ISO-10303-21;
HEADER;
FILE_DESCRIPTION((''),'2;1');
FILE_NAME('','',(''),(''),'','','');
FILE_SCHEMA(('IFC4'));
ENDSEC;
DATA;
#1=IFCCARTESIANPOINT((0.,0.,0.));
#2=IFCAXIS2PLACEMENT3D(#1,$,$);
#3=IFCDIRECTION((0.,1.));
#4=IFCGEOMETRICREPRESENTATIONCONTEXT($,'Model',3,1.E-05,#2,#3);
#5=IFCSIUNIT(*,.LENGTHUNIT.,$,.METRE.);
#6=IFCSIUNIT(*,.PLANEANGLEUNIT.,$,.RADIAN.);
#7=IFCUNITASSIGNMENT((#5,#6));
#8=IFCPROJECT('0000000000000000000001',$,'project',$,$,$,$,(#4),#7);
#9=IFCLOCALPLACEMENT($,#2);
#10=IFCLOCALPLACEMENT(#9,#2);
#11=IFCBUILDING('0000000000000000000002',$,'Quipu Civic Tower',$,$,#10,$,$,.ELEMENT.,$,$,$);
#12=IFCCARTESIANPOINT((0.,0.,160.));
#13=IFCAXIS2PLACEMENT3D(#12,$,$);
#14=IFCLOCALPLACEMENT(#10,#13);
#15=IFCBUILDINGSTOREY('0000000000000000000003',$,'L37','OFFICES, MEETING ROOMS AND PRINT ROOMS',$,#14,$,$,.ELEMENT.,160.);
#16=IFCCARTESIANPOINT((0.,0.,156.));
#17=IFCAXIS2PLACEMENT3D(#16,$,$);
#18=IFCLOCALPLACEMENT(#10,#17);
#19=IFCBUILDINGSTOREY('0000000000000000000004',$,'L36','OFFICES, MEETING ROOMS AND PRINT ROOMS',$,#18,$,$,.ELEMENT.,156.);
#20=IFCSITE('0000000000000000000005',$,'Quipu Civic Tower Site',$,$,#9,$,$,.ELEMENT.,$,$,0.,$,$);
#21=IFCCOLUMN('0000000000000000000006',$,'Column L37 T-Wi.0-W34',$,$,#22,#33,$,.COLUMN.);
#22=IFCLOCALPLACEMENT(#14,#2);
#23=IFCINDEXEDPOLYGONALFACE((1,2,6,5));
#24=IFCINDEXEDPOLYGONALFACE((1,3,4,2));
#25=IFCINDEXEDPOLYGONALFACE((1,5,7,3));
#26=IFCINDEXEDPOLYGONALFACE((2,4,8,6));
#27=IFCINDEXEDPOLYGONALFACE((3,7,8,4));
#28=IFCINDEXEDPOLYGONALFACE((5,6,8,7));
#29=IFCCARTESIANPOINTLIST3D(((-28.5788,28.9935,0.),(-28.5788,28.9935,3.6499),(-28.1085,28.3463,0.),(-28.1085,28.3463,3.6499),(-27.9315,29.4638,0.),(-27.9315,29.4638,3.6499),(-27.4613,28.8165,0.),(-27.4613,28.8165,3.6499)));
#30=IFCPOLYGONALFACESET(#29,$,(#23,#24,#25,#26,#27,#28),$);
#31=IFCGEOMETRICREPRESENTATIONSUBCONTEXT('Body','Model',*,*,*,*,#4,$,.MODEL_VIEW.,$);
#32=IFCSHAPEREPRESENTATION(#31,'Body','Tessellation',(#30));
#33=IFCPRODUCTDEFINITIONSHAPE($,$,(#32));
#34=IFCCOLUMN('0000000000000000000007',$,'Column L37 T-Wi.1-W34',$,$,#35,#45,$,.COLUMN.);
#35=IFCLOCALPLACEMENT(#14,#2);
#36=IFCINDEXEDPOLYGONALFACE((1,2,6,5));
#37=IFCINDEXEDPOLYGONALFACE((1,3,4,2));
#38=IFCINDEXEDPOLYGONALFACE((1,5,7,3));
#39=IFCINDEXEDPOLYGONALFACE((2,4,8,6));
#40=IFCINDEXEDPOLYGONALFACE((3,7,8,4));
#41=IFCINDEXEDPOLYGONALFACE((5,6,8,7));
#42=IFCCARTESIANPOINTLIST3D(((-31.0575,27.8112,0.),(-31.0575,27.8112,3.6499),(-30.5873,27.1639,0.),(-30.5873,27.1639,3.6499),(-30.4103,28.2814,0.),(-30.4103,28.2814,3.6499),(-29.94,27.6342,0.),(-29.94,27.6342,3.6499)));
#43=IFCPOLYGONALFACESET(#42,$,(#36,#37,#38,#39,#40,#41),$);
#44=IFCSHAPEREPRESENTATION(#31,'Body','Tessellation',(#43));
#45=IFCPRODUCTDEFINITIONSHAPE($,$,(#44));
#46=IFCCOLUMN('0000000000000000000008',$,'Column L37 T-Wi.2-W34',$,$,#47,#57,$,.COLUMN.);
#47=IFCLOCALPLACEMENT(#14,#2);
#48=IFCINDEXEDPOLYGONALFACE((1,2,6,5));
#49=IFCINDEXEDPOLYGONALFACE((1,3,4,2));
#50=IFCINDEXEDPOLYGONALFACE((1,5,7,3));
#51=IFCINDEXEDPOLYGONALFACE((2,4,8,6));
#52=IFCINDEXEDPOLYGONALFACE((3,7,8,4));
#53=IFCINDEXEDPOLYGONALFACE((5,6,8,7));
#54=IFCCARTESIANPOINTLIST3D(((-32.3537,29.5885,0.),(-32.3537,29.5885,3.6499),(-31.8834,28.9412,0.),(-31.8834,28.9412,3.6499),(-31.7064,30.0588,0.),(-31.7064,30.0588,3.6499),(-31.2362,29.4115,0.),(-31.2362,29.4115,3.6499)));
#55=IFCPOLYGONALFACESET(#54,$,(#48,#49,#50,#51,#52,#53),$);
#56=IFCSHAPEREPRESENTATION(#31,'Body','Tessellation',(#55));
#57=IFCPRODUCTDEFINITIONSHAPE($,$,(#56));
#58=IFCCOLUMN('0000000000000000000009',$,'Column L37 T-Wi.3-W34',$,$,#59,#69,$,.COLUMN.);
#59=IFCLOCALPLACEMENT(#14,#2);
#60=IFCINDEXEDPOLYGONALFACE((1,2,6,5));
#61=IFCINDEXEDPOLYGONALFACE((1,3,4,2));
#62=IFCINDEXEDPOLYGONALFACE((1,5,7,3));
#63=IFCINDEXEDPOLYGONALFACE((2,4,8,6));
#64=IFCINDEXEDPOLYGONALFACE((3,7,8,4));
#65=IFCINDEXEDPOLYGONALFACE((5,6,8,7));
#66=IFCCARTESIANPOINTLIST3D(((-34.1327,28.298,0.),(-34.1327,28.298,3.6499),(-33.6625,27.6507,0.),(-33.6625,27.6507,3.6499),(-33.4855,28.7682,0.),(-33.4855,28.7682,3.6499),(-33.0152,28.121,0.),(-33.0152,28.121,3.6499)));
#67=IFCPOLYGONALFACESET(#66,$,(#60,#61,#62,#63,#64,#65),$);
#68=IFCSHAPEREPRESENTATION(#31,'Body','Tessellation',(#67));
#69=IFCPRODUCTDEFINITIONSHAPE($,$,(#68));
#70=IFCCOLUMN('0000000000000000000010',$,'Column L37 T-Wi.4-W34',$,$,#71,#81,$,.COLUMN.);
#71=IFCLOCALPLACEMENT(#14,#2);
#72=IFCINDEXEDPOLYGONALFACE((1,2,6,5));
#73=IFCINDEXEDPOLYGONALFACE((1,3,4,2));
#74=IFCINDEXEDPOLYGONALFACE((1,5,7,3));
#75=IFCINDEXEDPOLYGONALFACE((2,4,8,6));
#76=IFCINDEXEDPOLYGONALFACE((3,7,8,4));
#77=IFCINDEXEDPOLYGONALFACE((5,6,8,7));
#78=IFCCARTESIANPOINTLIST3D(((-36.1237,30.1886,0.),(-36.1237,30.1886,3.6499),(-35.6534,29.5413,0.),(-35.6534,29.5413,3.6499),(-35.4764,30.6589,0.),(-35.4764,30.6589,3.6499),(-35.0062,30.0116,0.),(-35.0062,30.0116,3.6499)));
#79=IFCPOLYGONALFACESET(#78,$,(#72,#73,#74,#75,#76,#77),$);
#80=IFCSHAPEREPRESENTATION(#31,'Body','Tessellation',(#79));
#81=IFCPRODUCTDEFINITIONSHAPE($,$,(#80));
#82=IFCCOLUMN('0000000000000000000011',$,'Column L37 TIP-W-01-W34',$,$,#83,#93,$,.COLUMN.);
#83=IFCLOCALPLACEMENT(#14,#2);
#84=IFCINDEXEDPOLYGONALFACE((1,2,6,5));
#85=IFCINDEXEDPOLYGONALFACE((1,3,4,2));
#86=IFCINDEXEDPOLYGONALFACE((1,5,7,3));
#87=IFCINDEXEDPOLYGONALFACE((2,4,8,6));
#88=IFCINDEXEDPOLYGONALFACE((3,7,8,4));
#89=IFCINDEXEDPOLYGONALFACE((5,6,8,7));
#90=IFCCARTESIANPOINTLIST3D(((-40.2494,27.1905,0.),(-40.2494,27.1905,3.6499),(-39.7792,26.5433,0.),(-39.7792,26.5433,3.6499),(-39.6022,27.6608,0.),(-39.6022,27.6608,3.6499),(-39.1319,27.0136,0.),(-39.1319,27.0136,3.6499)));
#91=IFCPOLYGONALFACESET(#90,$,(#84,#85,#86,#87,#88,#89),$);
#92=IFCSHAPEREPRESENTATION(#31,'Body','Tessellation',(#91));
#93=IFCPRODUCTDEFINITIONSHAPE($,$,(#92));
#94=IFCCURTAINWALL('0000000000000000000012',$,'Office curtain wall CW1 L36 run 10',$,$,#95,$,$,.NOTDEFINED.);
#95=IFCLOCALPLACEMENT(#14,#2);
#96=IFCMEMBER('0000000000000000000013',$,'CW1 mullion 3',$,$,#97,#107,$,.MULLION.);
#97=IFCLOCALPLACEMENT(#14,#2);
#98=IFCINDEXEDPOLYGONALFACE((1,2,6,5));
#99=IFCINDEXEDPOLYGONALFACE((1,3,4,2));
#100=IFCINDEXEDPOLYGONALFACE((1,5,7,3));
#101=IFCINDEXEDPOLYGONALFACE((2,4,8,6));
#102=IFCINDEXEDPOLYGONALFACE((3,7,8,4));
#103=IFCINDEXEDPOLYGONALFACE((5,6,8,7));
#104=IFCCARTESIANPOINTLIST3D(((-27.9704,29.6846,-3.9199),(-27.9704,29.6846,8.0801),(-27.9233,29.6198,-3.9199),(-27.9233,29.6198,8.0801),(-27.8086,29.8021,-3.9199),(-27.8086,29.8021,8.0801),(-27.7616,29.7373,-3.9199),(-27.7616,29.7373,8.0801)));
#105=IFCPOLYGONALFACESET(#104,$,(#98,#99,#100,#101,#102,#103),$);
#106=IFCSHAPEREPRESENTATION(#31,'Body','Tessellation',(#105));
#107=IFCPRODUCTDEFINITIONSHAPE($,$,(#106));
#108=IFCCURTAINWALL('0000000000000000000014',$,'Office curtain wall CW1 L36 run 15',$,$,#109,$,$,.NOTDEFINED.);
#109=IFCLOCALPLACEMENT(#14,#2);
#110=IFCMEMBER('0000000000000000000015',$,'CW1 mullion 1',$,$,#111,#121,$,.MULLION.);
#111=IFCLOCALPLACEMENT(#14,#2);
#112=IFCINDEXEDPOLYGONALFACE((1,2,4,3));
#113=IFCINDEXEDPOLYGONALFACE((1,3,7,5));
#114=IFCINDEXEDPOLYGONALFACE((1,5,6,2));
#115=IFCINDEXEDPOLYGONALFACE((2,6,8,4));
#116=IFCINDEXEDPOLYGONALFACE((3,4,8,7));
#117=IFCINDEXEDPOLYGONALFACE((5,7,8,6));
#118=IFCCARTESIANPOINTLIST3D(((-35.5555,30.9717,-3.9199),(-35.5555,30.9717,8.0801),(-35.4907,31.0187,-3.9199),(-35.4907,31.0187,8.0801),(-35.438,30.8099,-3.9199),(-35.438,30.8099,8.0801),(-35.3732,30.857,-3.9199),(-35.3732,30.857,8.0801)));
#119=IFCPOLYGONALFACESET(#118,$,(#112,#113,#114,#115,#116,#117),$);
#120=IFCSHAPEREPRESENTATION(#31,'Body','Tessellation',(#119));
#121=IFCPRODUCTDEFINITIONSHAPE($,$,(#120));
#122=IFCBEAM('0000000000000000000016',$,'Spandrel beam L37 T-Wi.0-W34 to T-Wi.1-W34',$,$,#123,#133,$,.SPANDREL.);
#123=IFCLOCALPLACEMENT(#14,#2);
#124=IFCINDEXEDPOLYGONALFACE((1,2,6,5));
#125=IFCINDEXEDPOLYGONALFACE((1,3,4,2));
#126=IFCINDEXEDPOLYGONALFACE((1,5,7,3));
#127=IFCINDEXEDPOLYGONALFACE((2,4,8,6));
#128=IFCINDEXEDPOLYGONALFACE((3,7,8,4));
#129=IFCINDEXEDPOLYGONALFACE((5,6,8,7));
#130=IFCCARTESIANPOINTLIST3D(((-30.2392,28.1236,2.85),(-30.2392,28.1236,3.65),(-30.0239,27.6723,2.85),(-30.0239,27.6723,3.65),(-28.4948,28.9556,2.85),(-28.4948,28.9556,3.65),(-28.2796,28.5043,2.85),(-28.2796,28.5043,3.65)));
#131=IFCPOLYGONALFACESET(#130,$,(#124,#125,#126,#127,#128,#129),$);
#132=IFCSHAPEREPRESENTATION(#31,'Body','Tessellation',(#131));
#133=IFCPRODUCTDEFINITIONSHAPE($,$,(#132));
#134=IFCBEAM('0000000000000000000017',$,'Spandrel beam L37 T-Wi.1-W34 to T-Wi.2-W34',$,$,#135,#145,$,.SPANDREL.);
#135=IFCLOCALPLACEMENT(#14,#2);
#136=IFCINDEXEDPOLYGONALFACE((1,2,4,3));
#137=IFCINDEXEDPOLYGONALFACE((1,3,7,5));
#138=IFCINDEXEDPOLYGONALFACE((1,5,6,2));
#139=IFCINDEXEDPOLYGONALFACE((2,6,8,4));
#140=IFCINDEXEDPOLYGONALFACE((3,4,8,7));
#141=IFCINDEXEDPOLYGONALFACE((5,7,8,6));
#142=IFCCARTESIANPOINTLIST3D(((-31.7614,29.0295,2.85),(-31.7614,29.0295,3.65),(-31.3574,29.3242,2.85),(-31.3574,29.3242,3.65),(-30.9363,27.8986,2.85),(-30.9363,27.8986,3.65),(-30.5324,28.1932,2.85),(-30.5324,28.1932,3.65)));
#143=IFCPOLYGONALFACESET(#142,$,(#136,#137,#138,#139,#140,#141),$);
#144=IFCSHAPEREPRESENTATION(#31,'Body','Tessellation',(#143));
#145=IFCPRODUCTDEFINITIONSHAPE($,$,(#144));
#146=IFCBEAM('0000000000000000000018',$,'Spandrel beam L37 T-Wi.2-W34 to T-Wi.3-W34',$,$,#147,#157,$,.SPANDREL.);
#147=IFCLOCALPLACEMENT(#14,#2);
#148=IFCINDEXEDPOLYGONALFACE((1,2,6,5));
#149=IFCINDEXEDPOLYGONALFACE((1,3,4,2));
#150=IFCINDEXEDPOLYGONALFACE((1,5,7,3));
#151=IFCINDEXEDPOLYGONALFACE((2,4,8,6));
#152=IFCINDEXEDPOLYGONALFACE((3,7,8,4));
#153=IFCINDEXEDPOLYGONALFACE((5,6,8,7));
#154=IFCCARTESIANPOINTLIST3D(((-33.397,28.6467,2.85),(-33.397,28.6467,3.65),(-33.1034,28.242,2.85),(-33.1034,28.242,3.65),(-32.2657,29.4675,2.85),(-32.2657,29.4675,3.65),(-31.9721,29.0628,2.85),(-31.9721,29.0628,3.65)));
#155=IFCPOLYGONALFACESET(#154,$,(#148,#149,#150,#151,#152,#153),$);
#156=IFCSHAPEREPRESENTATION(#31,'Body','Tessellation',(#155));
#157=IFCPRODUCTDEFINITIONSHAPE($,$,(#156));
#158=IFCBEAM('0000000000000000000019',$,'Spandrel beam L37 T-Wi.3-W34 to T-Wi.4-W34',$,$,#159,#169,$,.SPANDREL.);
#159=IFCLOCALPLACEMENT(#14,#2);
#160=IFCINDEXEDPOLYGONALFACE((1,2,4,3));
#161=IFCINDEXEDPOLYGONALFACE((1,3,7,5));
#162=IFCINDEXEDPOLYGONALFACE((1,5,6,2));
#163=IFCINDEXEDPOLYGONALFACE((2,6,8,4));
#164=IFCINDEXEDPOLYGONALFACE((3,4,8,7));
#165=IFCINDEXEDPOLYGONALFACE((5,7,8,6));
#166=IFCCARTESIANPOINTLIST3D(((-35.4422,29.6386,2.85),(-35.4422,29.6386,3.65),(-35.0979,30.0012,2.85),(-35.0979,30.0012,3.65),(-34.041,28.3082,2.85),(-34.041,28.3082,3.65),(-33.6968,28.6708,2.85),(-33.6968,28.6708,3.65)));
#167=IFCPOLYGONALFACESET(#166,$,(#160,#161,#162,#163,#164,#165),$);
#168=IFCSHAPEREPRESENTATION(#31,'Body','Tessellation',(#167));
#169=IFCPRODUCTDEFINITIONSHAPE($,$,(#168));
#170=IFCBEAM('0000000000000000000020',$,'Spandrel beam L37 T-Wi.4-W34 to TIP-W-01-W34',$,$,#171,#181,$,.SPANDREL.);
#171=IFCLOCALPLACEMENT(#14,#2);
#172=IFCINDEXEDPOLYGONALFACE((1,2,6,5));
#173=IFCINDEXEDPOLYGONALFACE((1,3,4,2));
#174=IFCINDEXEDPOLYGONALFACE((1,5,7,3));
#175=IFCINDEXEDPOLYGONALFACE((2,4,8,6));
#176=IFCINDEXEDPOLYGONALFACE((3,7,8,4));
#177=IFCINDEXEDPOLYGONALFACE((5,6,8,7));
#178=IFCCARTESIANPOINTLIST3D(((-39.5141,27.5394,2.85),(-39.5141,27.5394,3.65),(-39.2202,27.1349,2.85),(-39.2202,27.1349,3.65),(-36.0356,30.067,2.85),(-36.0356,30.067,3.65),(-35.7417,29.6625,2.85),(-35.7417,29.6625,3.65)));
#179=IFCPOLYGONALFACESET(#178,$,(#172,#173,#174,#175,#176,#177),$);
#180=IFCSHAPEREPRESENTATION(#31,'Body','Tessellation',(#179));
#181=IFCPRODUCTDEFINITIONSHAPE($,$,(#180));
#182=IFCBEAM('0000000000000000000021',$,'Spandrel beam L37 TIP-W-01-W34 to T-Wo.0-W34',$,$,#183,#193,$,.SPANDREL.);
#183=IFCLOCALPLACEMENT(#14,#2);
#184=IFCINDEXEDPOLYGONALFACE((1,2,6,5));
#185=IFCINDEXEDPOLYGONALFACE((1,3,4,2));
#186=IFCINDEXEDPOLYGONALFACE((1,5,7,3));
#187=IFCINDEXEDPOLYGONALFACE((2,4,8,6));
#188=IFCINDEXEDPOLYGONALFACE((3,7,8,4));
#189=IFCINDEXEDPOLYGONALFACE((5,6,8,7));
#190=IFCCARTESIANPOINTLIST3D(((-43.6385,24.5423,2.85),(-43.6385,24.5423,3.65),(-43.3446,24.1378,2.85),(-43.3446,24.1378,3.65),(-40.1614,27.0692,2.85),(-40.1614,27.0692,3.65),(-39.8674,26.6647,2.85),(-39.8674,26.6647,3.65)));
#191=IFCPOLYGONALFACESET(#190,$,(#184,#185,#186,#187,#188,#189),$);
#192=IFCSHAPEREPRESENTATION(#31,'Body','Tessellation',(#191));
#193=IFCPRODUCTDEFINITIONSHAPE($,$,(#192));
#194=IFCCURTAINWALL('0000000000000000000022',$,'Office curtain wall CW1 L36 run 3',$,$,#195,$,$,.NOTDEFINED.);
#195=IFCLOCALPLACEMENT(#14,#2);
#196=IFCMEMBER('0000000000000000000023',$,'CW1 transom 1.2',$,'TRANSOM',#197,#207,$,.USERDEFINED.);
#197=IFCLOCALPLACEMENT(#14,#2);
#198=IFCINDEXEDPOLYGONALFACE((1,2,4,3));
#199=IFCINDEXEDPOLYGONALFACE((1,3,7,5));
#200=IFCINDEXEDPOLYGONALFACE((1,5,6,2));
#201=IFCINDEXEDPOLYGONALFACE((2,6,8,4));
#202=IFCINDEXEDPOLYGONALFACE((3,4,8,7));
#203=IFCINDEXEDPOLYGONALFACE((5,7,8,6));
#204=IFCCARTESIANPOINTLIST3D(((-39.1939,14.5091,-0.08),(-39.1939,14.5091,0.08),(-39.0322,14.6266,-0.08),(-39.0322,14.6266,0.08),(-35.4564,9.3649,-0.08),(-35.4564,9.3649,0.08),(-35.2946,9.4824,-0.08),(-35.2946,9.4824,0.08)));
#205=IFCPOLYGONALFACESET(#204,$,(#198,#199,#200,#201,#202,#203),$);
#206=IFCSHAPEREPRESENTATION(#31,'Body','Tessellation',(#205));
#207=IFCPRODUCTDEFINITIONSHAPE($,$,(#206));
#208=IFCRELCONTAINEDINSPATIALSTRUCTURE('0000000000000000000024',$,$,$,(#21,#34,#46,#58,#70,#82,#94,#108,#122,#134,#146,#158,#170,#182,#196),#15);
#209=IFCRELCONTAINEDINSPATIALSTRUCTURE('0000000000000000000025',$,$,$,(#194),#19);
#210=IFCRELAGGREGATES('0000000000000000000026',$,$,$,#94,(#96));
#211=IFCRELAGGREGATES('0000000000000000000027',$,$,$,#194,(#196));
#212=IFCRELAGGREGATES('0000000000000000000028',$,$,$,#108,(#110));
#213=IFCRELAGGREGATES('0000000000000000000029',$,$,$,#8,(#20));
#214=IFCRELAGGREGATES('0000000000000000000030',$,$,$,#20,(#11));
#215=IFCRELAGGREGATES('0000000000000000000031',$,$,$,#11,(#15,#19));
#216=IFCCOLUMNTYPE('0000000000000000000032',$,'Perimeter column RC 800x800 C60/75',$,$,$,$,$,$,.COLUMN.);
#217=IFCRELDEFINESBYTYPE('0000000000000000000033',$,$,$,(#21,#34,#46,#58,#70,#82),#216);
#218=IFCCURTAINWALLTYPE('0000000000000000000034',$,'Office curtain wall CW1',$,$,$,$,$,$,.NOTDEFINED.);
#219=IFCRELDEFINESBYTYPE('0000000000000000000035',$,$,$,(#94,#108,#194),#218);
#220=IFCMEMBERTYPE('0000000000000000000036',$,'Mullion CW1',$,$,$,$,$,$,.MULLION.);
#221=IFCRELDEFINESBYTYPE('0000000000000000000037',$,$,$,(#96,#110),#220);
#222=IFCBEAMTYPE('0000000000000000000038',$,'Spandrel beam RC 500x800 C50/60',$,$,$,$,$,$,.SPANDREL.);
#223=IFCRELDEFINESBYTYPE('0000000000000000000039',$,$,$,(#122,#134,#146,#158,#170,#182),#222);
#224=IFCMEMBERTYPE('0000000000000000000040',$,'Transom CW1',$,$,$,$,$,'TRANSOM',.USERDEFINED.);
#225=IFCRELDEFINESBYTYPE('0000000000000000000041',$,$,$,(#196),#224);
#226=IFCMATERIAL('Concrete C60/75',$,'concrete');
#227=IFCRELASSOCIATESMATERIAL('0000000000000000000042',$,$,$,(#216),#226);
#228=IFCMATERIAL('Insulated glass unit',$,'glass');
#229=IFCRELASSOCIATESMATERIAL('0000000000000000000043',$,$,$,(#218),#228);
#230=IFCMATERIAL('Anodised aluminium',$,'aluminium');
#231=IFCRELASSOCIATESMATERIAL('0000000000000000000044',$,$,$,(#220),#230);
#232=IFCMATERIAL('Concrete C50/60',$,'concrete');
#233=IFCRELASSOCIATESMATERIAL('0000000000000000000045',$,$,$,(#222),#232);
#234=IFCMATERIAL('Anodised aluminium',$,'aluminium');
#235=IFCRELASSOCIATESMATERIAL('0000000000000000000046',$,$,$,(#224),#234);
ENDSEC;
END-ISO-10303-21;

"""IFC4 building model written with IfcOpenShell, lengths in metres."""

from ifc_helpers import new_model, si_unit, direction, frame, origin, origin_2d, place, context, subcontext, project, spatial, rectangle, extrude, material, material_profile, profile_set, type_object, element, aggregate, save


model = new_model("IFC4")

# Units and contexts
model_context = context("Model", 3, precision=1e-05, world=origin(), true_north=direction((0.0, 1.0)))
body_context = subcontext(model_context, "Body", "Model", "MODEL_VIEW")
ifc_project = project(units=[si_unit("LENGTHUNIT", "METRE"), si_unit("PLANEANGLEUNIT", "RADIAN")], contexts=[model_context])

# Site, building, storey
site_placement = place(None, origin())
site = spatial("IfcSite", under=ifc_project, at=site_placement, Name="Quipu Civic Tower Site", CompositionType="ELEMENT", RefElevation=0.0)
building_placement = place(site_placement, origin())
building = spatial("IfcBuilding", under=site, at=building_placement, Name="Quipu Civic Tower", CompositionType="ELEMENT")
storey_1_placement = place(building_placement, frame((0.0, 0.0, 160.0)))
storey_1 = spatial("IfcBuildingStorey", under=building, at=storey_1_placement, Name="L37", Description="OFFICES, MEETING ROOMS AND PRINT ROOMS", CompositionType="ELEMENT", Elevation=160.0)

# Columns
ifc_material_1 = material(Name="Concrete C60/75", Category="concrete")
ifc_material_profile_1 = material_profile(ifc_material_1, rectangle(XDim=0.8, YDim=0.8, at=origin_2d()), Name="RC800x800")
ifc_profile_set_1 = profile_set([ifc_material_profile_1], Name="Concrete C60/75")
column_type = type_object("IfcColumnType", Name="Perimeter column RC 800x800 C60/75", PredefinedType="COLUMN", material=ifc_profile_set_1)
for number, where, z_axis, x_axis, name in (
    (1, (-28.02, 28.905, 0.0), (0.0, 0.0, 1.0), (-0.809017, -0.587785, 0.0), "Column L37 T-Wi.0-W34"),
    (2, (-30.4988, 27.7227, 0.0), (0.0, 0.0, 1.0), (-0.809017, -0.587785, 0.0), "Column L37 T-Wi.1-W34"),
    (3, (-31.7949, 29.5, 0.0), (0.0, 0.0, 1.0), (-0.587785, 0.809017, 0.0), "Column L37 T-Wi.2-W34"),
    (4, (-33.574, 28.2095, 0.0), (0.0, 0.0, 1.0), (-0.587785, 0.809017, 0.0), "Column L37 T-Wi.3-W34"),
    (5, (-35.5649, 30.1001, 0.0), (0.0, 0.0, 1.0), (-0.809017, -0.587785, 0.0), "Column L37 T-Wi.4-W34"),
    (6, (-39.6907, 27.1021, 0.0), (0.0, 0.0, 1.0), (-0.809017, -0.587785, 0.0), "Column L37 TIP-W-01-W34"),
):
    element("IfcColumn", number, at=place(storey_1_placement, frame(where, z_axis=z_axis, x_axis=x_axis)), inside=storey_1, type_object=column_type, Name=name, PredefinedType="COLUMN", context=body_context, shape_type="SweptSolid", body=[
        extrude(rectangle(XDim=0.8, YDim=0.8, at=origin_2d()), origin(), (0.0, 0.0, 1.0), 3.6499),
    ])

# Curtain walls, members
ifc_material_2 = material(Name="Insulated glass unit", Category="glass")
curtain_wall_type = type_object("IfcCurtainWallType", Name="Office curtain wall CW1", PredefinedType="NOTDEFINED", material=ifc_material_2)
curtain_wall_1_placement = place(storey_1_placement, origin())
curtain_wall_1 = element("IfcCurtainWall", 7, at=curtain_wall_1_placement, inside=storey_1, type_object=curtain_wall_type, Name="Office curtain wall CW1 L36 run 10", PredefinedType="NOTDEFINED")
ifc_material_3 = material(Name="Anodised aluminium", Category="aluminium")
ifc_material_profile_2 = material_profile(ifc_material_3, rectangle(XDim=0.2, YDim=0.0801, at=origin_2d()), Name="RECT 200x80")
ifc_profile_set_2 = profile_set([ifc_material_profile_2], Name="Anodised aluminium")
member_type_1 = type_object("IfcMemberType", Name="Mullion CW1", PredefinedType="MULLION", material=ifc_profile_set_2)
member_1_placement = place(storey_1_placement, frame((-27.866, 29.7109, -3.9199), z_axis=(0.0, 0.0, 1.0), x_axis=(-0.809014, -0.587789, 0.0)))
member_1 = element("IfcMember", 8, at=member_1_placement, type_object=member_type_1, Name="CW1 mullion 3", PredefinedType="MULLION", context=body_context, shape_type="SweptSolid", body=[
    extrude(rectangle(XDim=0.2, YDim=0.0801, at=origin_2d()), origin(), (0.0, 0.0, 1.0), 12.0),
])
aggregate(curtain_wall_1, [member_1])
curtain_wall_2_placement = place(storey_1_placement, origin())
curtain_wall_2 = element("IfcCurtainWall", 9, at=curtain_wall_2_placement, inside=storey_1, type_object=curtain_wall_type, Name="Office curtain wall CW1 L36 run 15", PredefinedType="NOTDEFINED")
member_2_placement = place(storey_1_placement, frame((-35.4644, 30.9143, -3.9199), z_axis=(0.0, 0.0, 1.0), x_axis=(0.587788, -0.809015, 0.0)))
member_2 = element("IfcMember", 10, at=member_2_placement, type_object=member_type_1, Name="CW1 mullion 1", PredefinedType="MULLION", context=body_context, shape_type="SweptSolid", body=[
    extrude(rectangle(XDim=0.2, YDim=0.0801, at=origin_2d()), origin(), (0.0, 0.0, 1.0), 12.0),
])

# Beams
ifc_material_4 = material(Name="Concrete C50/60", Category="concrete")
ifc_material_profile_3 = material_profile(ifc_material_4, rectangle(XDim=0.5, YDim=0.8, at=origin_2d()), Name="RC500x800")
ifc_profile_set_3 = profile_set([ifc_material_profile_3], Name="Concrete C50/60")
beam_type = type_object("IfcBeamType", Name="Spandrel beam RC 500x800 C50/60", PredefinedType="SPANDREL", material=ifc_profile_set_3)
beam_1_placement = place(storey_1_placement, frame((-28.3872, 28.73, 3.25), z_axis=(-0.902585, -0.430512, 0.0), x_axis=(0.430512, -0.902585, 0.0)))
element("IfcBeam", 11, at=beam_1_placement, inside=storey_1, type_object=beam_type, Name="Spandrel beam L37 T-Wi.0-W34 to T-Wi.1-W34", PredefinedType="SPANDREL", context=body_context, shape_type="SweptSolid", body=[
    extrude(rectangle(XDim=0.5, YDim=0.8, at=origin_2d()), origin(), (0.0, 0.0, 1.0), 1.9326),
])
beam_2_placement = place(storey_1_placement, frame((-30.7344, 28.0459, 3.25), z_axis=(-0.589343, 0.807883, 0.0), x_axis=(-0.807883, -0.589343, 0.0)))
element("IfcBeam", 12, at=beam_2_placement, inside=storey_1, type_object=beam_type, Name="Spandrel beam L37 T-Wi.1-W34 to T-Wi.2-W34", PredefinedType="SPANDREL", context=body_context, shape_type="SweptSolid", body=[
    extrude(rectangle(XDim=0.5, YDim=0.8, at=origin_2d()), origin(), (0.0, 0.0, 1.0), 1.3999),
])
beam_3_placement = place(storey_1_placement, frame((-32.1189, 29.2651, 3.25), z_axis=(-0.809415, -0.587237, 0.0), x_axis=(0.587237, -0.809415, 0.0)))
element("IfcBeam", 13, at=beam_3_placement, inside=storey_1, type_object=beam_type, Name="Spandrel beam L37 T-Wi.2-W34 to T-Wi.3-W34", PredefinedType="SPANDREL", context=body_context, shape_type="SweptSolid", body=[
    extrude(rectangle(XDim=0.5, YDim=0.8, at=origin_2d()), origin(), (0.0, 0.0, 1.0), 1.3977),
])
beam_4_placement = place(storey_1_placement, frame((-33.8689, 28.4895, 3.25), z_axis=(-0.725192, 0.688547, 0.0), x_axis=(-0.688547, -0.725192, 0.0)))
element("IfcBeam", 14, at=beam_4_placement, inside=storey_1, type_object=beam_type, Name="Spandrel beam L37 T-Wi.3-W34 to T-Wi.4-W34", PredefinedType="SPANDREL", context=body_context, shape_type="SweptSolid", body=[
    extrude(rectangle(XDim=0.5, YDim=0.8, at=origin_2d()), origin(), (0.0, 0.0, 1.0), 1.9321),
])
beam_5_placement = place(storey_1_placement, frame((-35.8887, 29.8647, 3.25), z_axis=(-0.808984, -0.587831, 0.0), x_axis=(0.587831, -0.808984, 0.0)))
element("IfcBeam", 15, at=beam_5_placement, inside=storey_1, type_object=beam_type, Name="Spandrel beam L37 T-Wi.4-W34 to TIP-W-01-W34", PredefinedType="SPANDREL", context=body_context, shape_type="SweptSolid", body=[
    extrude(rectangle(XDim=0.5, YDim=0.8, at=origin_2d()), origin(), (0.0, 0.0, 1.0), 4.2998),
])
beam_6_placement = place(storey_1_placement, frame((-40.0144, 26.8669, 3.25), z_axis=(-0.808947, -0.587881, 0.0), x_axis=(0.587881, -0.808947, 0.0)))
element("IfcBeam", 16, at=beam_6_placement, inside=storey_1, type_object=beam_type, Name="Spandrel beam L37 TIP-W-01-W34 to T-Wo.0-W34", PredefinedType="SPANDREL", context=body_context, shape_type="SweptSolid", body=[
    extrude(rectangle(XDim=0.5, YDim=0.8, at=origin_2d()), origin(), (0.0, 0.0, 1.0), 4.2983),
])

# Shared definitions
storey_2_placement = place(building_placement, frame((0.0, 0.0, 156.0)))
storey_2 = spatial("IfcBuildingStorey", under=building, at=storey_2_placement, Name="L36", Description="OFFICES, MEETING ROOMS AND PRINT ROOMS", CompositionType="ELEMENT", Elevation=156.0)

# Curtain wall, member
curtain_wall_3_placement = place(storey_2_placement, origin())
curtain_wall_3 = element("IfcCurtainWall", 17, at=curtain_wall_3_placement, inside=storey_2, type_object=curtain_wall_type, Name="Office curtain wall CW1 L36 run 3", PredefinedType="NOTDEFINED")
ifc_material_5 = material(Name="Anodised aluminium", Category="aluminium")
ifc_material_profile_4 = material_profile(ifc_material_5, rectangle(XDim=0.2, YDim=0.1599, at=origin_2d()), Name="RECT 200x160")
ifc_profile_set_4 = profile_set([ifc_material_profile_4], Name="Anodised aluminium")
member_type_2 = type_object("IfcMemberType", Name="Transom CW1", ElementType="TRANSOM", PredefinedType="USERDEFINED", material=ifc_profile_set_4)
member_3_placement = place(storey_1_placement, frame((-39.113, 14.5679, 0.0), z_axis=(0.587786, -0.809017, 0.0), x_axis=(0.809017, 0.587786, 0.0)))
member_3 = element("IfcMember", 18, at=member_3_placement, inside=storey_1, type_object=member_type_2, Name="CW1 transom 1.2", ObjectType="TRANSOM", PredefinedType="USERDEFINED", context=body_context, shape_type="SweptSolid", body=[
    extrude(rectangle(XDim=0.2, YDim=0.1599, at=origin_2d()), origin(), (0.0, 0.0, 1.0), 6.3586),
])
aggregate(curtain_wall_3, [member_3])

aggregate(curtain_wall_2, [member_2])

save(model, "model.ifc")
